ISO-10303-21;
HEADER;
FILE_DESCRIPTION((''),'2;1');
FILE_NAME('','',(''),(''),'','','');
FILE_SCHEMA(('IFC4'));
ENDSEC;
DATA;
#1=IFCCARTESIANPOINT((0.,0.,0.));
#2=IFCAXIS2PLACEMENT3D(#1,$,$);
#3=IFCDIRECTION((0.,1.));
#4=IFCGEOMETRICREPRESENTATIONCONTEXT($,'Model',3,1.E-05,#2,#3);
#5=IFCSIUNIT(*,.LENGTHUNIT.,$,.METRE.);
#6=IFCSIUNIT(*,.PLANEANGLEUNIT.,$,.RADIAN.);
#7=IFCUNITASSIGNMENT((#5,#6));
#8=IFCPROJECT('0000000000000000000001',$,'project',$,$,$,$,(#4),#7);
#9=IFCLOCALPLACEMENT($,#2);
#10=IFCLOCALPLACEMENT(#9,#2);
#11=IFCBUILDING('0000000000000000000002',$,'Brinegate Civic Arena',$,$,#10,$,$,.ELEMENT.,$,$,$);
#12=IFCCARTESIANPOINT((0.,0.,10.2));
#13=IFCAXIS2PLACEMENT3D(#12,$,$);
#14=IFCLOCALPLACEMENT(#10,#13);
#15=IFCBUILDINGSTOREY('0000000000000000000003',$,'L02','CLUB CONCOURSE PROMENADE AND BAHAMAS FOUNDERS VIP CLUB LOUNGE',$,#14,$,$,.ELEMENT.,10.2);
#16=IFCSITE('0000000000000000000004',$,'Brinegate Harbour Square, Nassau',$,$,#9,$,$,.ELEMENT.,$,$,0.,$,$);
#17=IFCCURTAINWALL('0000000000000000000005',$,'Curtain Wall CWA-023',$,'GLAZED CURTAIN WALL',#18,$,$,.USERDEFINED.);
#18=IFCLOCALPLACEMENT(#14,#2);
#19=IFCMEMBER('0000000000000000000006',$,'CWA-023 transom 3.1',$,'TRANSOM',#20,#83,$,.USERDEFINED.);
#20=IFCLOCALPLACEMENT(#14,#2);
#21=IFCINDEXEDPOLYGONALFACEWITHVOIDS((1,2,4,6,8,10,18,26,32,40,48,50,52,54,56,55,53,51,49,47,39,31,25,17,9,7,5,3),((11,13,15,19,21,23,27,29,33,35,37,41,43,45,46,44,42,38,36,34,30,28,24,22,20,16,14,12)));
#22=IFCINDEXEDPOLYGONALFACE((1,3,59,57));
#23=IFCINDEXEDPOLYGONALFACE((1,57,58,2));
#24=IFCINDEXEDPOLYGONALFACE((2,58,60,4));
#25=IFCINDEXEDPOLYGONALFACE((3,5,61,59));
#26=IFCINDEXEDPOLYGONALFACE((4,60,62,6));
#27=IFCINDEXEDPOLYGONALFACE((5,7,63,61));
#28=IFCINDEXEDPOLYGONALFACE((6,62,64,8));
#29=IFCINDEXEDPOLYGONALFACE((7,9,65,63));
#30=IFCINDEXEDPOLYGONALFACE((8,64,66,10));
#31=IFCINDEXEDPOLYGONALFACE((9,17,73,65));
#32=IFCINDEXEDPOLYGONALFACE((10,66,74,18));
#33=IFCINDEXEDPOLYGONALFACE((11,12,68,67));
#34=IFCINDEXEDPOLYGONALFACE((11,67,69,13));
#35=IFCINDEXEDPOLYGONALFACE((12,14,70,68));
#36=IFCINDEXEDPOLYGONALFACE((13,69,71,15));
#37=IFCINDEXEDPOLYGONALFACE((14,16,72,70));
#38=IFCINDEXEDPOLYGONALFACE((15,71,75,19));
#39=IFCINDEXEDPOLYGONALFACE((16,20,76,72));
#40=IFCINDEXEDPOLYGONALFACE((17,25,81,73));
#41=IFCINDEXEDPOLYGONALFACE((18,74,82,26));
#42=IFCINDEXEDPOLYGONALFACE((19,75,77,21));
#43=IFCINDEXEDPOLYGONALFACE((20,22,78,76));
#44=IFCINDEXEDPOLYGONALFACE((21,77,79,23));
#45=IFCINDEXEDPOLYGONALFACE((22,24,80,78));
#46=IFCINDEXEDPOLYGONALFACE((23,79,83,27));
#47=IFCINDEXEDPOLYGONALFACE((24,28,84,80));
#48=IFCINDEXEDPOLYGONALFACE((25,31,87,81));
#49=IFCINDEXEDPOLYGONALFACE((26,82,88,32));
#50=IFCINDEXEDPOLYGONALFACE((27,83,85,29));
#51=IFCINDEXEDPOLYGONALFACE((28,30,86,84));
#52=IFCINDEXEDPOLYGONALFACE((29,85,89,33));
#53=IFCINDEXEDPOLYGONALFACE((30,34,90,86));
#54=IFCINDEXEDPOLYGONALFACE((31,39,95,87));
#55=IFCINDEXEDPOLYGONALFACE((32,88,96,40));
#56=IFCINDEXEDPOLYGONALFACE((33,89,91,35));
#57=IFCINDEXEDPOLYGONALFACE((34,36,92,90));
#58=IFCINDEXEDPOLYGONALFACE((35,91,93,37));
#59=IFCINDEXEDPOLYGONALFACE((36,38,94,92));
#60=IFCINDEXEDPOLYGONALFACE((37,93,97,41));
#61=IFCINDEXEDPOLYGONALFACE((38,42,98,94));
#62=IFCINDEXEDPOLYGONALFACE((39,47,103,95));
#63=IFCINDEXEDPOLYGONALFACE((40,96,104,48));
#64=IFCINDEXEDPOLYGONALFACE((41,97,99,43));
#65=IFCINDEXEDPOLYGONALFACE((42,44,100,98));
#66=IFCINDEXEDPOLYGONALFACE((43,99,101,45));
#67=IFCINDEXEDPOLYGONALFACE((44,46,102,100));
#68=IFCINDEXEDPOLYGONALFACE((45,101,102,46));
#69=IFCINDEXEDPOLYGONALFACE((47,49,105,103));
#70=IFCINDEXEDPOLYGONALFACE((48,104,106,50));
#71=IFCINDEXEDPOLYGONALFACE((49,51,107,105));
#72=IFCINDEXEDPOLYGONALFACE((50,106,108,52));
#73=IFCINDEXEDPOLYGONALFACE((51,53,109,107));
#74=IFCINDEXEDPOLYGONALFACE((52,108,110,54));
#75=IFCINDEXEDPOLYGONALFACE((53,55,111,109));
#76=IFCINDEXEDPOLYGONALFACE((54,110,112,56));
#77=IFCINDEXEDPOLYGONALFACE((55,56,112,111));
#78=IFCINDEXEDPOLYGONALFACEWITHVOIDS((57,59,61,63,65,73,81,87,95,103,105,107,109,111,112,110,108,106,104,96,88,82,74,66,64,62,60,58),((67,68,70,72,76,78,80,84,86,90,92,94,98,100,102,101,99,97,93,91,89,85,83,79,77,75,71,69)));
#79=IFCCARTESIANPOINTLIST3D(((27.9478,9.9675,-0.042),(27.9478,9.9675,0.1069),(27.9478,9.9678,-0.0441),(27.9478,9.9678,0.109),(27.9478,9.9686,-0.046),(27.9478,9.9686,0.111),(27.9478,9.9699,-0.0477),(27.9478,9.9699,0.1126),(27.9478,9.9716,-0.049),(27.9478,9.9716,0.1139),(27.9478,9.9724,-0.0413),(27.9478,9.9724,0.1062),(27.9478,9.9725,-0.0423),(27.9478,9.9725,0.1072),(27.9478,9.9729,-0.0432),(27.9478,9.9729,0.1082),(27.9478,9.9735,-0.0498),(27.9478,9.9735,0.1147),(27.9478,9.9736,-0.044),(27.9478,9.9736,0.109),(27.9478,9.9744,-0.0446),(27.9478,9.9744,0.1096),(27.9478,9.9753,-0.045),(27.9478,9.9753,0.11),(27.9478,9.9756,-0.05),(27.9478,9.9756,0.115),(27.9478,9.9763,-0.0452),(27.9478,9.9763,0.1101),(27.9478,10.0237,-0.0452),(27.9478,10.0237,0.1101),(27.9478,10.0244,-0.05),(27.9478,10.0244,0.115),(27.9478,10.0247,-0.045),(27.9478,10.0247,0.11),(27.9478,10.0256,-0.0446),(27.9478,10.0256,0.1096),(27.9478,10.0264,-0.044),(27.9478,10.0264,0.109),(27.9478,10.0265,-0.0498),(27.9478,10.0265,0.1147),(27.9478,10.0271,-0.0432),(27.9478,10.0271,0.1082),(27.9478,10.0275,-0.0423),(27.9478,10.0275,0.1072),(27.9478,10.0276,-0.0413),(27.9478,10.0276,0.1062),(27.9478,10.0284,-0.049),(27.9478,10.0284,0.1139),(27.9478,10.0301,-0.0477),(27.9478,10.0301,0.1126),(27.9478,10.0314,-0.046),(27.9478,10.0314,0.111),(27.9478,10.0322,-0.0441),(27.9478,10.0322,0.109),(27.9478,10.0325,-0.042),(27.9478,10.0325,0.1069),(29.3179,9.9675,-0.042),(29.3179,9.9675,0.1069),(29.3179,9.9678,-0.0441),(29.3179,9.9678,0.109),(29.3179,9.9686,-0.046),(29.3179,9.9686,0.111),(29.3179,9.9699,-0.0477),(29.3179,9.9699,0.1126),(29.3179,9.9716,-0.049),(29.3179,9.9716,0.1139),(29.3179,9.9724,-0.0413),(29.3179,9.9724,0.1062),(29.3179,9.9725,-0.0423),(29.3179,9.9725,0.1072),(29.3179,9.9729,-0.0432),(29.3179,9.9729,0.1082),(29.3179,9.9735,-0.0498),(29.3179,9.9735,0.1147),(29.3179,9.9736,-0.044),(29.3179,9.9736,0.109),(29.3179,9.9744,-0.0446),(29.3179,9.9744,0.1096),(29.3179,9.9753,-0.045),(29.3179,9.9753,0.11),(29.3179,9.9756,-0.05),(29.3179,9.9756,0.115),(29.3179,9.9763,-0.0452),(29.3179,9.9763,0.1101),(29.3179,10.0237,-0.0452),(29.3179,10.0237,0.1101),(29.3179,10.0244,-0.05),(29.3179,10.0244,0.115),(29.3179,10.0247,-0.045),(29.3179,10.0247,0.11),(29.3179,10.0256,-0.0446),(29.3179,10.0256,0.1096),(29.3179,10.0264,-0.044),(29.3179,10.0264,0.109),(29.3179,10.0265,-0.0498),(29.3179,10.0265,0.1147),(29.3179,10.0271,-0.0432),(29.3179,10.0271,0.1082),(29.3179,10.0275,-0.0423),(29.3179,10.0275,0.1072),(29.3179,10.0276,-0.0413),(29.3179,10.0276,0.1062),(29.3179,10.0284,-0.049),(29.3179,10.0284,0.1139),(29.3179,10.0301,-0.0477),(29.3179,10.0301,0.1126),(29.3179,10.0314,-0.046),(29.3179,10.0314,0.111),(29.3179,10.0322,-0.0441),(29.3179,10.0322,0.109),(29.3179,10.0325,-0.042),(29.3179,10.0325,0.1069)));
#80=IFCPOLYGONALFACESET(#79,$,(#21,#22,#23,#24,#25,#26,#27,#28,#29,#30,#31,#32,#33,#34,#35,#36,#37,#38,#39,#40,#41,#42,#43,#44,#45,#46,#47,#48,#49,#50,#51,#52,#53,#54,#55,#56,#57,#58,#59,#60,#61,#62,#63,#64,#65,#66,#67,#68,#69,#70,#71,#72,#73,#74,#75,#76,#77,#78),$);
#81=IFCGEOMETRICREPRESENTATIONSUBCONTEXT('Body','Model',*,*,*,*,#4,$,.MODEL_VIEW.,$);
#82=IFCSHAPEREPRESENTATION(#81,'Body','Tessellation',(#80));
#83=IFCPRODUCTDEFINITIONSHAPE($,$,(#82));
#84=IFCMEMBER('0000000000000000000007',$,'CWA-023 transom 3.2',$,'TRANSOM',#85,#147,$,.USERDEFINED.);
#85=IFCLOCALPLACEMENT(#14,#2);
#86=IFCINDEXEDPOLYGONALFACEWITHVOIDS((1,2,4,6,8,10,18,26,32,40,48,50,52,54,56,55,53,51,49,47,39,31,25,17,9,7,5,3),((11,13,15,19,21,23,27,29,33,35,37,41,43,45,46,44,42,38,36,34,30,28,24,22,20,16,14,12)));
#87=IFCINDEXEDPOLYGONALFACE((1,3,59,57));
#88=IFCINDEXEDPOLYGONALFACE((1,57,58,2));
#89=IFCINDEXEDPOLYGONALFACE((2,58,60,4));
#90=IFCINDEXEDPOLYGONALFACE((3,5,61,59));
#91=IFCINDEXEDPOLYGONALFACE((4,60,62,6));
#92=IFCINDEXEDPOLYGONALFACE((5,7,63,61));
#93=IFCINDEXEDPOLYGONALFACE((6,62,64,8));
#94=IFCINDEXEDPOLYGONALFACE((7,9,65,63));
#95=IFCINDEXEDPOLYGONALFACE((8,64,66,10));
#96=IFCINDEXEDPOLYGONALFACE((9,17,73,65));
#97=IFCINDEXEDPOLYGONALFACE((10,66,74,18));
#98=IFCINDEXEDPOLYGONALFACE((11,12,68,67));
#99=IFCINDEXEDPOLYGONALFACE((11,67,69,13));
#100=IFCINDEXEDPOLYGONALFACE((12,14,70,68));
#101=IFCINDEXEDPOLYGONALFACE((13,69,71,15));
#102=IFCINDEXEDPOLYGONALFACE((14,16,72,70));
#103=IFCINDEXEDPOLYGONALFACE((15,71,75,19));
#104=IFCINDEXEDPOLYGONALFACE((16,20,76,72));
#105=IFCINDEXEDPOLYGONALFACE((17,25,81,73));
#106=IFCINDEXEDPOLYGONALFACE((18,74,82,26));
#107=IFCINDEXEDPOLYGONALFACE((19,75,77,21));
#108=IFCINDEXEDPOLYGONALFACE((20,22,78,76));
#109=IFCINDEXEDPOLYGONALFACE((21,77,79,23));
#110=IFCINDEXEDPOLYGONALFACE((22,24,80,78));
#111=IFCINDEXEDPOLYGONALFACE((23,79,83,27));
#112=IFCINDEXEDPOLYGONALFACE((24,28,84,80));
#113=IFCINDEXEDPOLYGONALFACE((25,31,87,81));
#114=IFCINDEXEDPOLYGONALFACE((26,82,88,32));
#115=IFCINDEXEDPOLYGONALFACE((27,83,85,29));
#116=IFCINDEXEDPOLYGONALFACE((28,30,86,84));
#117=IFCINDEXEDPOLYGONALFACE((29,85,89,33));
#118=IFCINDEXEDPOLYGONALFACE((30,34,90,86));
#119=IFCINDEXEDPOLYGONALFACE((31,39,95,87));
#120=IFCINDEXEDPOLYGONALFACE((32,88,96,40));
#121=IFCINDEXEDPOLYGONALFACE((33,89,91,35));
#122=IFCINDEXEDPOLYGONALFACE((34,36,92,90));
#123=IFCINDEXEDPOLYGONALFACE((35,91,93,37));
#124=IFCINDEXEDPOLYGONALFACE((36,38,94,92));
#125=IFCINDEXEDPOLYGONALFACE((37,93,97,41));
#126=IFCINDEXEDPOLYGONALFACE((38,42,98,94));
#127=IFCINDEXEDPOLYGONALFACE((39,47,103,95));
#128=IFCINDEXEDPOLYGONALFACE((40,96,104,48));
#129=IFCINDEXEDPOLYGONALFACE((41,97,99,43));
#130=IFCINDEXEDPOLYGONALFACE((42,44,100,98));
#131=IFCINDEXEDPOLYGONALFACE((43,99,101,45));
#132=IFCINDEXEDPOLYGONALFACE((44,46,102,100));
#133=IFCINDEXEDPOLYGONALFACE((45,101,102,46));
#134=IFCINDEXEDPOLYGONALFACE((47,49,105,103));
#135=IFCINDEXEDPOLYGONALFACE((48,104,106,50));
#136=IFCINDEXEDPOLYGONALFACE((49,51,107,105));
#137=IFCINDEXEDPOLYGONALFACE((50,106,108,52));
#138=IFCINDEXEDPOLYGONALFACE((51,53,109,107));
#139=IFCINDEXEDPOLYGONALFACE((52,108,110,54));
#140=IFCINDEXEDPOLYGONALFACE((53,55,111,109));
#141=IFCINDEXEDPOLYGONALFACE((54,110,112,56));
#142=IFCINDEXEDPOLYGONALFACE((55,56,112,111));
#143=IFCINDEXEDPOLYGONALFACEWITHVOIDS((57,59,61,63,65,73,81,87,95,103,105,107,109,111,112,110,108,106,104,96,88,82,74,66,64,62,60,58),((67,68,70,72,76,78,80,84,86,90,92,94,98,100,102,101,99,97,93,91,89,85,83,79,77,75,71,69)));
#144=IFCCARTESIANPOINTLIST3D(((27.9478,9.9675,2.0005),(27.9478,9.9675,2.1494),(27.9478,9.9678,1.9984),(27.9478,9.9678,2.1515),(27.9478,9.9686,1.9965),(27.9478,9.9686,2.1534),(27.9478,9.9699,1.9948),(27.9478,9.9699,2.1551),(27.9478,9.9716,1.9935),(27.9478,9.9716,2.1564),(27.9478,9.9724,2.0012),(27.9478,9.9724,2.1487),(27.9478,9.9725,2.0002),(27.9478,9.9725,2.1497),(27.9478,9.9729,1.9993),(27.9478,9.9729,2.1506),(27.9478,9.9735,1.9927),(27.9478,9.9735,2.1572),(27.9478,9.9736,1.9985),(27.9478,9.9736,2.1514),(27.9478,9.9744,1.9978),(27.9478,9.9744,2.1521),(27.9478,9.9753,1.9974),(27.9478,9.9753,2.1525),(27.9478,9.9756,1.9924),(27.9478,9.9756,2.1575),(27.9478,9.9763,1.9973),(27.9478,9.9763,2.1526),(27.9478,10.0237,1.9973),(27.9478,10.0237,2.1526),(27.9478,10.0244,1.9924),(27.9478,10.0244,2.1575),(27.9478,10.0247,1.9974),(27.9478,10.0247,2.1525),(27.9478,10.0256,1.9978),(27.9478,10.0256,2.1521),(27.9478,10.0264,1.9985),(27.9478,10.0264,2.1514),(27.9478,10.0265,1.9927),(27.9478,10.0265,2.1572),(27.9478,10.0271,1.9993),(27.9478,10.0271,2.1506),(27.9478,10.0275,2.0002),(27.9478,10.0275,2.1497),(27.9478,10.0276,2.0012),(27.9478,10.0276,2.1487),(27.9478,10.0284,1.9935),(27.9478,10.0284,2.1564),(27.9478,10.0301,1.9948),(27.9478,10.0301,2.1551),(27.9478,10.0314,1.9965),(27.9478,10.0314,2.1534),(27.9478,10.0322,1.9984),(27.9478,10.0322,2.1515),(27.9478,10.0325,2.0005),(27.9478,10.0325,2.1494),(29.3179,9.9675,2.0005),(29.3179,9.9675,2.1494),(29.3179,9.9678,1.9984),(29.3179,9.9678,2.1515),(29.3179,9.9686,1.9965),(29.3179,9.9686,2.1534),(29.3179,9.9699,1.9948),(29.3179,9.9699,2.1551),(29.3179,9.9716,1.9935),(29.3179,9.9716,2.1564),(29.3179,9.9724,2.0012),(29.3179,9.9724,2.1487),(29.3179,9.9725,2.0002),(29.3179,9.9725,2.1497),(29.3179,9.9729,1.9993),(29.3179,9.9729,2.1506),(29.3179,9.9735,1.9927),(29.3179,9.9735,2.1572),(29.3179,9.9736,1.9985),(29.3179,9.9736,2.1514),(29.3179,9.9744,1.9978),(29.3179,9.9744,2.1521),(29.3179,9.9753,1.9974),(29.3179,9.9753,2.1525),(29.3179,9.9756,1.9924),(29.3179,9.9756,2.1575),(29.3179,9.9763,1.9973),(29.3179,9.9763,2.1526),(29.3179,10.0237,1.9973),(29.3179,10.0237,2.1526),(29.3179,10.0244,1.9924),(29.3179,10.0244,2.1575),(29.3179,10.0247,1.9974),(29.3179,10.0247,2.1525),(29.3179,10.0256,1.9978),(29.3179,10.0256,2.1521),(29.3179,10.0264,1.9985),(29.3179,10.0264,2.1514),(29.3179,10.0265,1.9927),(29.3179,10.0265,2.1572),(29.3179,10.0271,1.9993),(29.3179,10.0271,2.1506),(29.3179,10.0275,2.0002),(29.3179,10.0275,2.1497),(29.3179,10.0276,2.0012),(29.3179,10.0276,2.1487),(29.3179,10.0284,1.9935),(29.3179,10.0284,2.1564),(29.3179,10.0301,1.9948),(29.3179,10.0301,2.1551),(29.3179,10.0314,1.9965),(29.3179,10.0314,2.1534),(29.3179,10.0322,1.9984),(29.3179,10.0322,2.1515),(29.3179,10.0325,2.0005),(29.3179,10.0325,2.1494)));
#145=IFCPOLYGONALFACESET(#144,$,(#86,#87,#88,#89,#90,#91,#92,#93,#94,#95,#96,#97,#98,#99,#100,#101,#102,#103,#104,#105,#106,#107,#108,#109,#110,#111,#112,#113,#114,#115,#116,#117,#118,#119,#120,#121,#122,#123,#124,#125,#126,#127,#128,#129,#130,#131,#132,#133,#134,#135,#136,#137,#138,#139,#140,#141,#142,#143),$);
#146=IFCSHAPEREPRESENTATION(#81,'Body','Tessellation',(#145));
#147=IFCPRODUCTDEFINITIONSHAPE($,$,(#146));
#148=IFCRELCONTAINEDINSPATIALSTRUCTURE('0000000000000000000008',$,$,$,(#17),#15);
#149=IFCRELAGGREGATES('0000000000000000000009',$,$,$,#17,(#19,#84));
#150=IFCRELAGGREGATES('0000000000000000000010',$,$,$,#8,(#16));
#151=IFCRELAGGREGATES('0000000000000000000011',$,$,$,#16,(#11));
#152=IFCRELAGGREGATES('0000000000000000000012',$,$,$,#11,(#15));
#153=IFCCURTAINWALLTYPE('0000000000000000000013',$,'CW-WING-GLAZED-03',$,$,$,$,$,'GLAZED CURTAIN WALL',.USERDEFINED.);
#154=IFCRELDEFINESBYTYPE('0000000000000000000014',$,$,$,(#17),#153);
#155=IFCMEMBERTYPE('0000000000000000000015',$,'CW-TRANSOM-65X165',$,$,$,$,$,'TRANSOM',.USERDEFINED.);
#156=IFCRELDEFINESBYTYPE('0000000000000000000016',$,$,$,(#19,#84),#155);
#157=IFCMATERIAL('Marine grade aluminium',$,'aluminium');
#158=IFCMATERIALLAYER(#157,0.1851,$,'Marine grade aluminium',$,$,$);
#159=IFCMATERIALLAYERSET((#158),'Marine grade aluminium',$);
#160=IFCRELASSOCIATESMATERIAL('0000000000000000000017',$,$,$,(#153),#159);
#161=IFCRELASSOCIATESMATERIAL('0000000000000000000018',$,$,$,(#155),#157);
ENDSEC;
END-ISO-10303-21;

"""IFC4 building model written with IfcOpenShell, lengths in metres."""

from ifc_helpers import new_model, si_unit, direction, frame, origin, origin_2d, place, context, subcontext, project, spatial, hollow_rectangle, extrude, material, layer, layer_set, material_profile, profile_set, type_object, element, aggregate, save


model = new_model("IFC4")

# Units and contexts
model_context = context("Model", 3, precision=1e-05, world=origin(), true_north=direction((0.0, 1.0)))
body_context = subcontext(model_context, "Body", "Model", "MODEL_VIEW")
ifc_project = project(units=[si_unit("LENGTHUNIT", "METRE"), si_unit("PLANEANGLEUNIT", "RADIAN")], contexts=[model_context])

# Site, building, storey
site_placement = place(None, origin())
site = spatial("IfcSite", under=ifc_project, at=site_placement, Name="Brinegate Harbour Square, Nassau", CompositionType="ELEMENT", RefElevation=0.0)
building_placement = place(site_placement, origin())
building = spatial("IfcBuilding", under=site, at=building_placement, Name="Brinegate Civic Arena", CompositionType="ELEMENT")
storey_placement = place(building_placement, frame((0.0, 0.0, 10.2)))
storey = spatial("IfcBuildingStorey", under=building, at=storey_placement, Name="L02", Description="CLUB CONCOURSE PROMENADE AND BAHAMAS FOUNDERS VIP CLUB LOUNGE", CompositionType="ELEMENT", Elevation=10.2)

# Curtain wall, members
ifc_material_1 = material(Name="Marine grade aluminium", Category="aluminium")
ifc_layer_1 = layer(ifc_material_1, 0.1851, Name="Marine grade aluminium")
ifc_layer_set_1 = layer_set([ifc_layer_1], Name="Marine grade aluminium")
curtain_wall_type = type_object("IfcCurtainWallType", Name="CW-WING-GLAZED-03", ElementType="GLAZED CURTAIN WALL", PredefinedType="USERDEFINED", material=ifc_layer_set_1)
curtain_wall_placement = place(storey_placement, origin())
curtain_wall = element("IfcCurtainWall", 1, at=curtain_wall_placement, inside=storey, type_object=curtain_wall_type, Name="Curtain Wall CWA-023", ObjectType="GLAZED CURTAIN WALL", PredefinedType="USERDEFINED")
ifc_material_profile_1 = material_profile(ifc_material_1, hollow_rectangle(XDim=0.0649, YDim=0.165, WallThickness=0.0049, InnerFilletRadius=0.0039, OuterFilletRadius=0.0081, at=origin_2d()), Name="TRN65X165")
ifc_profile_set_1 = profile_set([ifc_material_profile_1], Name="Marine grade aluminium")
member_type_1 = type_object("IfcMemberType", Name="CW-TRANSOM-65X165", ElementType="TRANSOM", PredefinedType="USERDEFINED", material=ifc_profile_set_1)
member_1_placement = place(storey_placement, frame((27.9478, 10.0, 0.0325), z_axis=(1.0, 0.0, 0.0), x_axis=(0.0, 1.0, 0.0)))
member_1 = element("IfcMember", 2, at=member_1_placement, type_object=member_type_1, Name="CWA-023 transom 3.1", ObjectType="TRANSOM", PredefinedType="USERDEFINED", context=body_context, shape_type="SweptSolid", body=[
    extrude(hollow_rectangle(XDim=0.0649, YDim=0.165, WallThickness=0.0049, InnerFilletRadius=0.0039, OuterFilletRadius=0.0081, at=origin_2d()), origin(), (0.0, 0.0, 1.0), 1.3701),
])
member_2_placement = place(storey_placement, frame((27.9478, 10.0, 2.075), z_axis=(1.0, 0.0, 0.0), x_axis=(0.0, 1.0, 0.0)))
member_2 = element("IfcMember", 3, at=member_2_placement, type_object=member_type_1, Name="CWA-023 transom 3.2", ObjectType="TRANSOM", PredefinedType="USERDEFINED", context=body_context, shape_type="SweptSolid", body=[
    extrude(hollow_rectangle(XDim=0.0649, YDim=0.165, WallThickness=0.0049, InnerFilletRadius=0.0039, OuterFilletRadius=0.0081, at=origin_2d()), origin(), (0.0, 0.0, 1.0), 1.3701),
])

aggregate(curtain_wall, [member_1, member_2])

save(model, "model.ifc")
